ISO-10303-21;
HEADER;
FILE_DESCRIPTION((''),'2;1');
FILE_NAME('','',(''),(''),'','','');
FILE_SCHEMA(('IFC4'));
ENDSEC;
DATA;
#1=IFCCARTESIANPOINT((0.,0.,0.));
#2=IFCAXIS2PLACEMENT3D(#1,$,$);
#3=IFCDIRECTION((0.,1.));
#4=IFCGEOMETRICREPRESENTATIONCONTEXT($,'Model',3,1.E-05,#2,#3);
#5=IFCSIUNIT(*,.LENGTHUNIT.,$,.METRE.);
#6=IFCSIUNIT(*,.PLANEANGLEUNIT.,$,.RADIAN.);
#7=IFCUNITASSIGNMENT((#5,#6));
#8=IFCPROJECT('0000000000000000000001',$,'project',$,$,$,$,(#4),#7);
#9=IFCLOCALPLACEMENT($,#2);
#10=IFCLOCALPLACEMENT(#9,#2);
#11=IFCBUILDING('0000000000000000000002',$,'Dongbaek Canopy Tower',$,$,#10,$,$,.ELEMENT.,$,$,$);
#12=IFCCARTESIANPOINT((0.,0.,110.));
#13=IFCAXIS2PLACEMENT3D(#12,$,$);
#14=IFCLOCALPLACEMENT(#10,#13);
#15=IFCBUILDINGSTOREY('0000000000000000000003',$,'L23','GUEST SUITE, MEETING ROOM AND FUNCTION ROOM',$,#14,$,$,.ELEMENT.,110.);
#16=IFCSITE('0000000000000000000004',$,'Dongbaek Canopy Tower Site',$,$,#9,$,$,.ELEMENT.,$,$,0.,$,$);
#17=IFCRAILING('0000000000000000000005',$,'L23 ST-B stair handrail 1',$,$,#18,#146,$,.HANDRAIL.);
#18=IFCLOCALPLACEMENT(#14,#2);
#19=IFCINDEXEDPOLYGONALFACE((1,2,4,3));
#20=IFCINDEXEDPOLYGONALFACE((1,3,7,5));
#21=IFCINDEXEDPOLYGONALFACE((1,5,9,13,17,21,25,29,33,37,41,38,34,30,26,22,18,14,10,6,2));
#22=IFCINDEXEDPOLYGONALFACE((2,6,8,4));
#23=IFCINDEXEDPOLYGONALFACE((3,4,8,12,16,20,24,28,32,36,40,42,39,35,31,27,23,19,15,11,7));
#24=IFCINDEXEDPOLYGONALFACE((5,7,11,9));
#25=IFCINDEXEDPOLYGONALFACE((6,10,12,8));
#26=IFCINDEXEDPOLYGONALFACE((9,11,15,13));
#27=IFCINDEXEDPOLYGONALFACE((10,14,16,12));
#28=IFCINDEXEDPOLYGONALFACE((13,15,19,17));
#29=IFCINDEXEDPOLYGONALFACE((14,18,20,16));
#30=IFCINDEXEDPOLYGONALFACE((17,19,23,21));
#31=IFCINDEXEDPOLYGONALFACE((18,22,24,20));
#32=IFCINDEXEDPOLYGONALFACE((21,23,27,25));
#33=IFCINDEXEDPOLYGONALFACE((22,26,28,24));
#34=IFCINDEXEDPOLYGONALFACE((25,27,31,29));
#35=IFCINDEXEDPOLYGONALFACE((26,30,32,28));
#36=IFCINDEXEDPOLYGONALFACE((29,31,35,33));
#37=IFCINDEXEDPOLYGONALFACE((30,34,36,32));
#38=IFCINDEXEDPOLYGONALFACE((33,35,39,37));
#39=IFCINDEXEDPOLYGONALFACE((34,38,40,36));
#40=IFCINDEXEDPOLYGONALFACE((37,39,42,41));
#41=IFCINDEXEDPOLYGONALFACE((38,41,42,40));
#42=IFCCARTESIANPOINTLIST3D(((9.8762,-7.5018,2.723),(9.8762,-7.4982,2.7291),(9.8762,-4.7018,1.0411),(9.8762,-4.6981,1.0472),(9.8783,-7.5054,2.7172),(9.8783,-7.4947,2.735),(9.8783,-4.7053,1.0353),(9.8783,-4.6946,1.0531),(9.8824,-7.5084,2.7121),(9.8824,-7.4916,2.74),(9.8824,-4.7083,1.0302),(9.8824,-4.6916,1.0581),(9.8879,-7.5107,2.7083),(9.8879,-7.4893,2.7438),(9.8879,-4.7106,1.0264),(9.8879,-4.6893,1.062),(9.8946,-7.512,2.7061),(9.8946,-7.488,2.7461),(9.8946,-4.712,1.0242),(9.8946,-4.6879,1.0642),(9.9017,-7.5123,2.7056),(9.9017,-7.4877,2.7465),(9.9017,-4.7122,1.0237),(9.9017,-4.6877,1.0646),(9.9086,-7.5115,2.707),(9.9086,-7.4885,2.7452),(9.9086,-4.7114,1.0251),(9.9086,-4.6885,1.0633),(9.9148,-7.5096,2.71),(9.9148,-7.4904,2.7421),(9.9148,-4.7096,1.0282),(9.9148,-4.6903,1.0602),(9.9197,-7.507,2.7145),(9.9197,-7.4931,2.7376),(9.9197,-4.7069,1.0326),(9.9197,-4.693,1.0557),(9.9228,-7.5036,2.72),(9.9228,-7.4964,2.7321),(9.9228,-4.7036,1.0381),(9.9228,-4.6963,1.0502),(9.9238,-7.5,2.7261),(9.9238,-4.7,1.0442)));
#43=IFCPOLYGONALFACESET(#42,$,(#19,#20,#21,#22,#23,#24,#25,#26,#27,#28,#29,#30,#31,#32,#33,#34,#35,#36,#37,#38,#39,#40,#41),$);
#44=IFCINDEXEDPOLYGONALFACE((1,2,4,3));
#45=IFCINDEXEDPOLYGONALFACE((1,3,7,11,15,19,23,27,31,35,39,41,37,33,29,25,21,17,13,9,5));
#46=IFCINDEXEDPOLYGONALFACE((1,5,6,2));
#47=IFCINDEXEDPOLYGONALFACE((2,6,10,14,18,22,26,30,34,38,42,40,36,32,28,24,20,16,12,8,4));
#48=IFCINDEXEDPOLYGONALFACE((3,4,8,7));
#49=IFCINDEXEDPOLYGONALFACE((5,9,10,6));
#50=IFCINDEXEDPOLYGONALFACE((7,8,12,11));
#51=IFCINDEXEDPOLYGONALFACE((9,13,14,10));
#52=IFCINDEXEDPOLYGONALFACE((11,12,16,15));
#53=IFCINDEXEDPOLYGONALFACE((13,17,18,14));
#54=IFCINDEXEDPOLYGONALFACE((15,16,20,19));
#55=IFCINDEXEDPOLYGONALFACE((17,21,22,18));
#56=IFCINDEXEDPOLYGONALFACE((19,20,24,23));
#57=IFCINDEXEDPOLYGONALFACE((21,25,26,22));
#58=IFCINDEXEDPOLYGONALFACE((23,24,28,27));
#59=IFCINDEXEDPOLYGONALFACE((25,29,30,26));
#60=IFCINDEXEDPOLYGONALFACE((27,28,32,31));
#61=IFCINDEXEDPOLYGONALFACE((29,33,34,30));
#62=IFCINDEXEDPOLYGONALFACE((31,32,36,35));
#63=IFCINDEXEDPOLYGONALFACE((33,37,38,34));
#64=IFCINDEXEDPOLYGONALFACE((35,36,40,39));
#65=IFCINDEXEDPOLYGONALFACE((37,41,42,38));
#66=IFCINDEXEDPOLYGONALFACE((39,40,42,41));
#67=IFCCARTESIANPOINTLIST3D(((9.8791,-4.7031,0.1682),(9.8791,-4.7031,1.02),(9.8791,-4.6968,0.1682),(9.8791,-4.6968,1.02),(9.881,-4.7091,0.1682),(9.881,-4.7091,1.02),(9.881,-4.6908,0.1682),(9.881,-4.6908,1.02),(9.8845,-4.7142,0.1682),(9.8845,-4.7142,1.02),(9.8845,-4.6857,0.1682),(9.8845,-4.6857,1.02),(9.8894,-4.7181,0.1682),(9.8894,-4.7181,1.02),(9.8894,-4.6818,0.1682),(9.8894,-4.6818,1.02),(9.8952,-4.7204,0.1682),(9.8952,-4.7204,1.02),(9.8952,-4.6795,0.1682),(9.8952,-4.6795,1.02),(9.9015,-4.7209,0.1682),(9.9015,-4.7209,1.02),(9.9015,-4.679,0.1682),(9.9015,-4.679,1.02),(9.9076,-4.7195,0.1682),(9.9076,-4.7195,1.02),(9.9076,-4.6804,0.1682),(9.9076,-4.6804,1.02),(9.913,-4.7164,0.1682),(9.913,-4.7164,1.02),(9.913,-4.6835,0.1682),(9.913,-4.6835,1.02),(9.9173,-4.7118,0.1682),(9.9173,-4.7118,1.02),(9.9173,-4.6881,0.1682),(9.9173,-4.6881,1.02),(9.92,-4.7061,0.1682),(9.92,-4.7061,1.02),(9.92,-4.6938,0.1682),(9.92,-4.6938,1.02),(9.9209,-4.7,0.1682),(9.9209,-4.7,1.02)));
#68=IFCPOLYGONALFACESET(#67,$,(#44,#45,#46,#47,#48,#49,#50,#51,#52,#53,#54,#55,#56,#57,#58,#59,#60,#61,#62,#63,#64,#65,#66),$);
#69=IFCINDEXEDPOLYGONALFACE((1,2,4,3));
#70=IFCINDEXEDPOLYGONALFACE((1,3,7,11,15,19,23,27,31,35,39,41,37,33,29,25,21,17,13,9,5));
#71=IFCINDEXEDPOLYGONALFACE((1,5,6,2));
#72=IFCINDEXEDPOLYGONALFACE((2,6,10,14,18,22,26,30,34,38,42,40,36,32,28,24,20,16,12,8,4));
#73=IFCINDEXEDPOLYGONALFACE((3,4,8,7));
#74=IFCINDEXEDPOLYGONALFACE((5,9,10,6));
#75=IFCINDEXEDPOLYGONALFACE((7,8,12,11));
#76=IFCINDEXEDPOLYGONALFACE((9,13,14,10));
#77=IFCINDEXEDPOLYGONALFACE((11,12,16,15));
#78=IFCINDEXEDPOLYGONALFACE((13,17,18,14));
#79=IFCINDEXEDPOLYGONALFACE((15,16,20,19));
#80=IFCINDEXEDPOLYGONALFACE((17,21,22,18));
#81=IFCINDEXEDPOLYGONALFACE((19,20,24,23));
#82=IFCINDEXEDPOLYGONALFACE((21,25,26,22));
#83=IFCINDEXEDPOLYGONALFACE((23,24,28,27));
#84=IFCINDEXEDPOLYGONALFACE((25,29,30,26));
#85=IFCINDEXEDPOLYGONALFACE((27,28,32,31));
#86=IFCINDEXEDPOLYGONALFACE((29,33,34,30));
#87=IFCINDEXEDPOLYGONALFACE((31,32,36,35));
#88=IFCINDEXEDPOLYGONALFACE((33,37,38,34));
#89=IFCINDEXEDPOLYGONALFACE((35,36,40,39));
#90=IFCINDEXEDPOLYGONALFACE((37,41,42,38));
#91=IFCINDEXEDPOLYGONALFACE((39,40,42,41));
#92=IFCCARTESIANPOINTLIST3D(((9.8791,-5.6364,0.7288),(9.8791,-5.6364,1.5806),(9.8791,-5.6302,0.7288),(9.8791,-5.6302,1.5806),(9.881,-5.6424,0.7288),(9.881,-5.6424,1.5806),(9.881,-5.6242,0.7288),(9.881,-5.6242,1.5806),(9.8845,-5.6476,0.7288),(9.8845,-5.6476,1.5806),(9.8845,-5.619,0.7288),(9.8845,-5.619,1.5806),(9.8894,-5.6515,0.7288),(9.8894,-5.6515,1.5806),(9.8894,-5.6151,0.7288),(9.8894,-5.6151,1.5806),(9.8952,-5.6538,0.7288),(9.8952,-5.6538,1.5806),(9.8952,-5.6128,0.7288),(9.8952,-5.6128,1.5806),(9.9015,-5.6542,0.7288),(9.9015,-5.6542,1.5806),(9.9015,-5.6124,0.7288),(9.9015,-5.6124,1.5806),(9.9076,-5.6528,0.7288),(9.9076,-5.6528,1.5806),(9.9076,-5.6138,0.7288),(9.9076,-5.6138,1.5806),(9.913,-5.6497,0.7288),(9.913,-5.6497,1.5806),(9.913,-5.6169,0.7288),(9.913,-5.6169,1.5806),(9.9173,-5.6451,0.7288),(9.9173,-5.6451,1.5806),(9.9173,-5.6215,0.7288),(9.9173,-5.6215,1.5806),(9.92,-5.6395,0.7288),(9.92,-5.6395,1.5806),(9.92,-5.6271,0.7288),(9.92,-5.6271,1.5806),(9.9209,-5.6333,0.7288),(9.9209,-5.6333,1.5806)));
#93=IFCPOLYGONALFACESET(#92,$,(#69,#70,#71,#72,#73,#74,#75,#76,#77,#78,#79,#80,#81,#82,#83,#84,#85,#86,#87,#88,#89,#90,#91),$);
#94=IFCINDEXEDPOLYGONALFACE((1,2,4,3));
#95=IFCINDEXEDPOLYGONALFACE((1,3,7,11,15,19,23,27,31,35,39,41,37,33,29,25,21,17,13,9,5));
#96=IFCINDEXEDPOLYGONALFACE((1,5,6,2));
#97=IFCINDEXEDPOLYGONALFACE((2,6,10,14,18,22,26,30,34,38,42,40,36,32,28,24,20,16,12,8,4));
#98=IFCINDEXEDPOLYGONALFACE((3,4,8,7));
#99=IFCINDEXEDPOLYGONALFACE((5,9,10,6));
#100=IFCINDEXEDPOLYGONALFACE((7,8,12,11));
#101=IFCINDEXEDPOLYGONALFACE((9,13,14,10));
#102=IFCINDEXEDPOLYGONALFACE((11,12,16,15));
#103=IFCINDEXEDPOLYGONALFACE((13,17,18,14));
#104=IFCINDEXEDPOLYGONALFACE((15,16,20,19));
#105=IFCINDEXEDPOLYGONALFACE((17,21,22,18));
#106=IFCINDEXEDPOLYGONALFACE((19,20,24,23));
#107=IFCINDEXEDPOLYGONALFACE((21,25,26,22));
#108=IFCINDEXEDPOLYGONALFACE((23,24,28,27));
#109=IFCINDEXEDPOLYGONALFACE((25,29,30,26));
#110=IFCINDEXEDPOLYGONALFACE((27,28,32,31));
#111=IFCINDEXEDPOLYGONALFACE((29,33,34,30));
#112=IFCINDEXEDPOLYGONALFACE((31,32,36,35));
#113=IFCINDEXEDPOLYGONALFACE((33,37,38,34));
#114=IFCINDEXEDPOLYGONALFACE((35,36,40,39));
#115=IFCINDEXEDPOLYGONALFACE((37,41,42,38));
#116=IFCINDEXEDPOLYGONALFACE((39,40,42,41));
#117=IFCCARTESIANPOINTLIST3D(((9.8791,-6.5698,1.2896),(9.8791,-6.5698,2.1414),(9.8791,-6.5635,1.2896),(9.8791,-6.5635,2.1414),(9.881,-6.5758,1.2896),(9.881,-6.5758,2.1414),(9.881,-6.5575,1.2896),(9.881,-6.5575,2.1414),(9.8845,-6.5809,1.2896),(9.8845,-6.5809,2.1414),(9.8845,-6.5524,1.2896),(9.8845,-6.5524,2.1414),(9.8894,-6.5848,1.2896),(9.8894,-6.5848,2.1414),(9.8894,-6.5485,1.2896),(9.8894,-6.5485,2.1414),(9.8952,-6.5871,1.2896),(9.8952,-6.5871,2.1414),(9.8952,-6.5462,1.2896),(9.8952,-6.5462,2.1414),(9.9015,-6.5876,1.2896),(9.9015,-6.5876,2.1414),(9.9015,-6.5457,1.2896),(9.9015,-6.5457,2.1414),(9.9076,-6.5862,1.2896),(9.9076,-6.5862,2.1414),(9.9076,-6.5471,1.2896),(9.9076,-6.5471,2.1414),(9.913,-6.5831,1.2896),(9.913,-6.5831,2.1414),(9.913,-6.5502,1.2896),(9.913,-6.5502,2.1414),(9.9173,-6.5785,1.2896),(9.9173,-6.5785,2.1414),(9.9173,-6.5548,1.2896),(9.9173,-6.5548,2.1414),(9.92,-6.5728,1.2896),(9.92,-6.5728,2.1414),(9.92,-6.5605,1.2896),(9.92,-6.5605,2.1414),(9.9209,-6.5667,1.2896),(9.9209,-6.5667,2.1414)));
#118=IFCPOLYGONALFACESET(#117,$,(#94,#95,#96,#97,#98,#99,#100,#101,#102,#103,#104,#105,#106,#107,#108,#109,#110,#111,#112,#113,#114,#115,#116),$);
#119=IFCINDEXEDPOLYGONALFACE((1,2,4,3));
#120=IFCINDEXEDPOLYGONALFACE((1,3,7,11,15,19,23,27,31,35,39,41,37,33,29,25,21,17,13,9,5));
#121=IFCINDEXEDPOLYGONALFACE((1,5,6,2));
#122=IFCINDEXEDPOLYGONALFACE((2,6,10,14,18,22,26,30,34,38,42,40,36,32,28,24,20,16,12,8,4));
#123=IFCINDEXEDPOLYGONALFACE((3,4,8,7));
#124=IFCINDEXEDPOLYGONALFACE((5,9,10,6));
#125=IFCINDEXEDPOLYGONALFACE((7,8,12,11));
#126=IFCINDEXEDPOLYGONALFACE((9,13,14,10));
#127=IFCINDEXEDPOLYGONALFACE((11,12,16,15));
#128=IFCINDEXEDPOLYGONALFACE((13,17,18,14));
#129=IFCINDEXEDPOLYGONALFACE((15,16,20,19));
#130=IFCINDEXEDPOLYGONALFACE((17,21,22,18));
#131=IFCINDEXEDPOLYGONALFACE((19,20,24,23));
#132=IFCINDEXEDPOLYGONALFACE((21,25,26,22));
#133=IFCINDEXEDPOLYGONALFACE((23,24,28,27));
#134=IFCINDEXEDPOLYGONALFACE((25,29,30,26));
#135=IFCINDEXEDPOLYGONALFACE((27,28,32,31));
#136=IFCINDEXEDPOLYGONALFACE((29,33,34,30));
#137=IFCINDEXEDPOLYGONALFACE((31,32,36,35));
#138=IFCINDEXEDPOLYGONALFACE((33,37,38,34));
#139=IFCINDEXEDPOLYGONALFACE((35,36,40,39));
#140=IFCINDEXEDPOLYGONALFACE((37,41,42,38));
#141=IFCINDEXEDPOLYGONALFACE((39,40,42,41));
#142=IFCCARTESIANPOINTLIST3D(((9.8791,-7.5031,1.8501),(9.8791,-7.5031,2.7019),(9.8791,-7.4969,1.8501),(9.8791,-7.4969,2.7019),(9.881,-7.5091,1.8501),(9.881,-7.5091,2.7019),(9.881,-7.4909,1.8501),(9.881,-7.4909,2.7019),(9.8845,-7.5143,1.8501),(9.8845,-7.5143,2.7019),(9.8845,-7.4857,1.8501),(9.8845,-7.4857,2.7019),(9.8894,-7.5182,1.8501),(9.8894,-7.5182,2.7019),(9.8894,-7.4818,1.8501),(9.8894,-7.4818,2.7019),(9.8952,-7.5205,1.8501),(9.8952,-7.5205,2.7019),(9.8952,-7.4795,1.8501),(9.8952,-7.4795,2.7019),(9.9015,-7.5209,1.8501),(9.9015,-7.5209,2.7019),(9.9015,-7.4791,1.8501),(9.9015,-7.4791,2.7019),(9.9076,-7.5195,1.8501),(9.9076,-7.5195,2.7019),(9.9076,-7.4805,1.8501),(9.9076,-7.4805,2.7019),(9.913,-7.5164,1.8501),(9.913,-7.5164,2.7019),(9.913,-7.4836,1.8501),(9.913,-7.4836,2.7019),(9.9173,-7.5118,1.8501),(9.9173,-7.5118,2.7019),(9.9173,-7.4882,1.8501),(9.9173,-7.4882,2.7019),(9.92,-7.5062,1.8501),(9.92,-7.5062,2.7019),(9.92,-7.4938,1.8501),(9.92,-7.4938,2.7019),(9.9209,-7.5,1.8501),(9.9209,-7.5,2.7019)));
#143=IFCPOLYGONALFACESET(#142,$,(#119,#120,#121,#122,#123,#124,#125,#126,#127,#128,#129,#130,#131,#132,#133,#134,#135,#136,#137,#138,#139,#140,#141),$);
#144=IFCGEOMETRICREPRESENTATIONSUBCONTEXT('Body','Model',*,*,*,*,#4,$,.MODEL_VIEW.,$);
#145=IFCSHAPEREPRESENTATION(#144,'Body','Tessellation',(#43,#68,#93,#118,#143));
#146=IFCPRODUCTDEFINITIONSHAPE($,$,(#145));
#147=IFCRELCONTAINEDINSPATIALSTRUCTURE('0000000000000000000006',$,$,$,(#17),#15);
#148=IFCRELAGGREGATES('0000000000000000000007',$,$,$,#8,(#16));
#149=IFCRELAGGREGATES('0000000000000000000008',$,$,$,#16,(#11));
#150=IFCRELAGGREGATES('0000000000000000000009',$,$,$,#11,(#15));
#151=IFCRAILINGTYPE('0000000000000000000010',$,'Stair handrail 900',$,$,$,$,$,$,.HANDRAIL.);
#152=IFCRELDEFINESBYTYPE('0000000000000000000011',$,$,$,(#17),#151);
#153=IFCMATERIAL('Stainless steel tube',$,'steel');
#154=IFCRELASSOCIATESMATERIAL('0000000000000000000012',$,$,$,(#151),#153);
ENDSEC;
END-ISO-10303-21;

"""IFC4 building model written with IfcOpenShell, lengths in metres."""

from ifc_helpers import new_model, si_unit, direction, frame, origin, origin_2d, place, context, subcontext, project, spatial, circle, extrude, material, type_object, element, save


model = new_model("IFC4")

# Units and contexts
model_context = context("Model", 3, precision=1e-05, world=origin(), true_north=direction((0.0, 1.0)))
body_context = subcontext(model_context, "Body", "Model", "MODEL_VIEW")
ifc_project = project(units=[si_unit("LENGTHUNIT", "METRE"), si_unit("PLANEANGLEUNIT", "RADIAN")], contexts=[model_context])

# Site, building, storey
site_placement = place(None, origin())
site = spatial("IfcSite", under=ifc_project, at=site_placement, Name="Dongbaek Canopy Tower Site", CompositionType="ELEMENT", RefElevation=0.0)
building_placement = place(site_placement, origin())
building = spatial("IfcBuilding", under=site, at=building_placement, Name="Dongbaek Canopy Tower", CompositionType="ELEMENT")
storey_placement = place(building_placement, frame((0.0, 0.0, 110.0)))
storey = spatial("IfcBuildingStorey", under=building, at=storey_placement, Name="L23", Description="GUEST SUITE, MEETING ROOM AND FUNCTION ROOM", CompositionType="ELEMENT", Elevation=110.0)

# Railing
ifc_material_1 = material(Name="Stainless steel tube", Category="steel")
railing_type_1 = type_object("IfcRailingType", Name="Stair handrail 900", PredefinedType="HANDRAIL", material=ifc_material_1)
railing_1_placement = place(storey_placement, frame((9.8999, -4.7, 0.1682)))
element("IfcRailing", 1, at=railing_1_placement, inside=storey, type_object=railing_type_1, Name="L23 ST-B stair handrail 1", PredefinedType="HANDRAIL", context=body_context, shape_type="SweptSolid", body=[
    extrude(circle(Radius=0.0239, at=origin_2d()), frame((0.0, 0.0, 0.876), z_axis=(0.0, -0.857242, 0.514913), x_axis=(1.0, 0.0, 0.0)), (0.0, 0.0, 1.0), 3.2664),
    extrude(circle(Radius=0.021, at=origin_2d()), origin(), (0.0, 0.0, 1.0), 0.8518),
    extrude(circle(Radius=0.021, at=origin_2d()), frame((0.0, -0.9333, 0.5605)), (0.0, 0.0, 1.0), 0.8518),
    extrude(circle(Radius=0.021, at=origin_2d()), frame((0.0, -1.8667, 1.1213)), (0.0, 0.0, 1.0), 0.8518),
    extrude(circle(Radius=0.021, at=origin_2d()), frame((0.0, -2.8, 1.6819)), (0.0, 0.0, 1.0), 0.8518),
])

save(model, "model.ifc")
